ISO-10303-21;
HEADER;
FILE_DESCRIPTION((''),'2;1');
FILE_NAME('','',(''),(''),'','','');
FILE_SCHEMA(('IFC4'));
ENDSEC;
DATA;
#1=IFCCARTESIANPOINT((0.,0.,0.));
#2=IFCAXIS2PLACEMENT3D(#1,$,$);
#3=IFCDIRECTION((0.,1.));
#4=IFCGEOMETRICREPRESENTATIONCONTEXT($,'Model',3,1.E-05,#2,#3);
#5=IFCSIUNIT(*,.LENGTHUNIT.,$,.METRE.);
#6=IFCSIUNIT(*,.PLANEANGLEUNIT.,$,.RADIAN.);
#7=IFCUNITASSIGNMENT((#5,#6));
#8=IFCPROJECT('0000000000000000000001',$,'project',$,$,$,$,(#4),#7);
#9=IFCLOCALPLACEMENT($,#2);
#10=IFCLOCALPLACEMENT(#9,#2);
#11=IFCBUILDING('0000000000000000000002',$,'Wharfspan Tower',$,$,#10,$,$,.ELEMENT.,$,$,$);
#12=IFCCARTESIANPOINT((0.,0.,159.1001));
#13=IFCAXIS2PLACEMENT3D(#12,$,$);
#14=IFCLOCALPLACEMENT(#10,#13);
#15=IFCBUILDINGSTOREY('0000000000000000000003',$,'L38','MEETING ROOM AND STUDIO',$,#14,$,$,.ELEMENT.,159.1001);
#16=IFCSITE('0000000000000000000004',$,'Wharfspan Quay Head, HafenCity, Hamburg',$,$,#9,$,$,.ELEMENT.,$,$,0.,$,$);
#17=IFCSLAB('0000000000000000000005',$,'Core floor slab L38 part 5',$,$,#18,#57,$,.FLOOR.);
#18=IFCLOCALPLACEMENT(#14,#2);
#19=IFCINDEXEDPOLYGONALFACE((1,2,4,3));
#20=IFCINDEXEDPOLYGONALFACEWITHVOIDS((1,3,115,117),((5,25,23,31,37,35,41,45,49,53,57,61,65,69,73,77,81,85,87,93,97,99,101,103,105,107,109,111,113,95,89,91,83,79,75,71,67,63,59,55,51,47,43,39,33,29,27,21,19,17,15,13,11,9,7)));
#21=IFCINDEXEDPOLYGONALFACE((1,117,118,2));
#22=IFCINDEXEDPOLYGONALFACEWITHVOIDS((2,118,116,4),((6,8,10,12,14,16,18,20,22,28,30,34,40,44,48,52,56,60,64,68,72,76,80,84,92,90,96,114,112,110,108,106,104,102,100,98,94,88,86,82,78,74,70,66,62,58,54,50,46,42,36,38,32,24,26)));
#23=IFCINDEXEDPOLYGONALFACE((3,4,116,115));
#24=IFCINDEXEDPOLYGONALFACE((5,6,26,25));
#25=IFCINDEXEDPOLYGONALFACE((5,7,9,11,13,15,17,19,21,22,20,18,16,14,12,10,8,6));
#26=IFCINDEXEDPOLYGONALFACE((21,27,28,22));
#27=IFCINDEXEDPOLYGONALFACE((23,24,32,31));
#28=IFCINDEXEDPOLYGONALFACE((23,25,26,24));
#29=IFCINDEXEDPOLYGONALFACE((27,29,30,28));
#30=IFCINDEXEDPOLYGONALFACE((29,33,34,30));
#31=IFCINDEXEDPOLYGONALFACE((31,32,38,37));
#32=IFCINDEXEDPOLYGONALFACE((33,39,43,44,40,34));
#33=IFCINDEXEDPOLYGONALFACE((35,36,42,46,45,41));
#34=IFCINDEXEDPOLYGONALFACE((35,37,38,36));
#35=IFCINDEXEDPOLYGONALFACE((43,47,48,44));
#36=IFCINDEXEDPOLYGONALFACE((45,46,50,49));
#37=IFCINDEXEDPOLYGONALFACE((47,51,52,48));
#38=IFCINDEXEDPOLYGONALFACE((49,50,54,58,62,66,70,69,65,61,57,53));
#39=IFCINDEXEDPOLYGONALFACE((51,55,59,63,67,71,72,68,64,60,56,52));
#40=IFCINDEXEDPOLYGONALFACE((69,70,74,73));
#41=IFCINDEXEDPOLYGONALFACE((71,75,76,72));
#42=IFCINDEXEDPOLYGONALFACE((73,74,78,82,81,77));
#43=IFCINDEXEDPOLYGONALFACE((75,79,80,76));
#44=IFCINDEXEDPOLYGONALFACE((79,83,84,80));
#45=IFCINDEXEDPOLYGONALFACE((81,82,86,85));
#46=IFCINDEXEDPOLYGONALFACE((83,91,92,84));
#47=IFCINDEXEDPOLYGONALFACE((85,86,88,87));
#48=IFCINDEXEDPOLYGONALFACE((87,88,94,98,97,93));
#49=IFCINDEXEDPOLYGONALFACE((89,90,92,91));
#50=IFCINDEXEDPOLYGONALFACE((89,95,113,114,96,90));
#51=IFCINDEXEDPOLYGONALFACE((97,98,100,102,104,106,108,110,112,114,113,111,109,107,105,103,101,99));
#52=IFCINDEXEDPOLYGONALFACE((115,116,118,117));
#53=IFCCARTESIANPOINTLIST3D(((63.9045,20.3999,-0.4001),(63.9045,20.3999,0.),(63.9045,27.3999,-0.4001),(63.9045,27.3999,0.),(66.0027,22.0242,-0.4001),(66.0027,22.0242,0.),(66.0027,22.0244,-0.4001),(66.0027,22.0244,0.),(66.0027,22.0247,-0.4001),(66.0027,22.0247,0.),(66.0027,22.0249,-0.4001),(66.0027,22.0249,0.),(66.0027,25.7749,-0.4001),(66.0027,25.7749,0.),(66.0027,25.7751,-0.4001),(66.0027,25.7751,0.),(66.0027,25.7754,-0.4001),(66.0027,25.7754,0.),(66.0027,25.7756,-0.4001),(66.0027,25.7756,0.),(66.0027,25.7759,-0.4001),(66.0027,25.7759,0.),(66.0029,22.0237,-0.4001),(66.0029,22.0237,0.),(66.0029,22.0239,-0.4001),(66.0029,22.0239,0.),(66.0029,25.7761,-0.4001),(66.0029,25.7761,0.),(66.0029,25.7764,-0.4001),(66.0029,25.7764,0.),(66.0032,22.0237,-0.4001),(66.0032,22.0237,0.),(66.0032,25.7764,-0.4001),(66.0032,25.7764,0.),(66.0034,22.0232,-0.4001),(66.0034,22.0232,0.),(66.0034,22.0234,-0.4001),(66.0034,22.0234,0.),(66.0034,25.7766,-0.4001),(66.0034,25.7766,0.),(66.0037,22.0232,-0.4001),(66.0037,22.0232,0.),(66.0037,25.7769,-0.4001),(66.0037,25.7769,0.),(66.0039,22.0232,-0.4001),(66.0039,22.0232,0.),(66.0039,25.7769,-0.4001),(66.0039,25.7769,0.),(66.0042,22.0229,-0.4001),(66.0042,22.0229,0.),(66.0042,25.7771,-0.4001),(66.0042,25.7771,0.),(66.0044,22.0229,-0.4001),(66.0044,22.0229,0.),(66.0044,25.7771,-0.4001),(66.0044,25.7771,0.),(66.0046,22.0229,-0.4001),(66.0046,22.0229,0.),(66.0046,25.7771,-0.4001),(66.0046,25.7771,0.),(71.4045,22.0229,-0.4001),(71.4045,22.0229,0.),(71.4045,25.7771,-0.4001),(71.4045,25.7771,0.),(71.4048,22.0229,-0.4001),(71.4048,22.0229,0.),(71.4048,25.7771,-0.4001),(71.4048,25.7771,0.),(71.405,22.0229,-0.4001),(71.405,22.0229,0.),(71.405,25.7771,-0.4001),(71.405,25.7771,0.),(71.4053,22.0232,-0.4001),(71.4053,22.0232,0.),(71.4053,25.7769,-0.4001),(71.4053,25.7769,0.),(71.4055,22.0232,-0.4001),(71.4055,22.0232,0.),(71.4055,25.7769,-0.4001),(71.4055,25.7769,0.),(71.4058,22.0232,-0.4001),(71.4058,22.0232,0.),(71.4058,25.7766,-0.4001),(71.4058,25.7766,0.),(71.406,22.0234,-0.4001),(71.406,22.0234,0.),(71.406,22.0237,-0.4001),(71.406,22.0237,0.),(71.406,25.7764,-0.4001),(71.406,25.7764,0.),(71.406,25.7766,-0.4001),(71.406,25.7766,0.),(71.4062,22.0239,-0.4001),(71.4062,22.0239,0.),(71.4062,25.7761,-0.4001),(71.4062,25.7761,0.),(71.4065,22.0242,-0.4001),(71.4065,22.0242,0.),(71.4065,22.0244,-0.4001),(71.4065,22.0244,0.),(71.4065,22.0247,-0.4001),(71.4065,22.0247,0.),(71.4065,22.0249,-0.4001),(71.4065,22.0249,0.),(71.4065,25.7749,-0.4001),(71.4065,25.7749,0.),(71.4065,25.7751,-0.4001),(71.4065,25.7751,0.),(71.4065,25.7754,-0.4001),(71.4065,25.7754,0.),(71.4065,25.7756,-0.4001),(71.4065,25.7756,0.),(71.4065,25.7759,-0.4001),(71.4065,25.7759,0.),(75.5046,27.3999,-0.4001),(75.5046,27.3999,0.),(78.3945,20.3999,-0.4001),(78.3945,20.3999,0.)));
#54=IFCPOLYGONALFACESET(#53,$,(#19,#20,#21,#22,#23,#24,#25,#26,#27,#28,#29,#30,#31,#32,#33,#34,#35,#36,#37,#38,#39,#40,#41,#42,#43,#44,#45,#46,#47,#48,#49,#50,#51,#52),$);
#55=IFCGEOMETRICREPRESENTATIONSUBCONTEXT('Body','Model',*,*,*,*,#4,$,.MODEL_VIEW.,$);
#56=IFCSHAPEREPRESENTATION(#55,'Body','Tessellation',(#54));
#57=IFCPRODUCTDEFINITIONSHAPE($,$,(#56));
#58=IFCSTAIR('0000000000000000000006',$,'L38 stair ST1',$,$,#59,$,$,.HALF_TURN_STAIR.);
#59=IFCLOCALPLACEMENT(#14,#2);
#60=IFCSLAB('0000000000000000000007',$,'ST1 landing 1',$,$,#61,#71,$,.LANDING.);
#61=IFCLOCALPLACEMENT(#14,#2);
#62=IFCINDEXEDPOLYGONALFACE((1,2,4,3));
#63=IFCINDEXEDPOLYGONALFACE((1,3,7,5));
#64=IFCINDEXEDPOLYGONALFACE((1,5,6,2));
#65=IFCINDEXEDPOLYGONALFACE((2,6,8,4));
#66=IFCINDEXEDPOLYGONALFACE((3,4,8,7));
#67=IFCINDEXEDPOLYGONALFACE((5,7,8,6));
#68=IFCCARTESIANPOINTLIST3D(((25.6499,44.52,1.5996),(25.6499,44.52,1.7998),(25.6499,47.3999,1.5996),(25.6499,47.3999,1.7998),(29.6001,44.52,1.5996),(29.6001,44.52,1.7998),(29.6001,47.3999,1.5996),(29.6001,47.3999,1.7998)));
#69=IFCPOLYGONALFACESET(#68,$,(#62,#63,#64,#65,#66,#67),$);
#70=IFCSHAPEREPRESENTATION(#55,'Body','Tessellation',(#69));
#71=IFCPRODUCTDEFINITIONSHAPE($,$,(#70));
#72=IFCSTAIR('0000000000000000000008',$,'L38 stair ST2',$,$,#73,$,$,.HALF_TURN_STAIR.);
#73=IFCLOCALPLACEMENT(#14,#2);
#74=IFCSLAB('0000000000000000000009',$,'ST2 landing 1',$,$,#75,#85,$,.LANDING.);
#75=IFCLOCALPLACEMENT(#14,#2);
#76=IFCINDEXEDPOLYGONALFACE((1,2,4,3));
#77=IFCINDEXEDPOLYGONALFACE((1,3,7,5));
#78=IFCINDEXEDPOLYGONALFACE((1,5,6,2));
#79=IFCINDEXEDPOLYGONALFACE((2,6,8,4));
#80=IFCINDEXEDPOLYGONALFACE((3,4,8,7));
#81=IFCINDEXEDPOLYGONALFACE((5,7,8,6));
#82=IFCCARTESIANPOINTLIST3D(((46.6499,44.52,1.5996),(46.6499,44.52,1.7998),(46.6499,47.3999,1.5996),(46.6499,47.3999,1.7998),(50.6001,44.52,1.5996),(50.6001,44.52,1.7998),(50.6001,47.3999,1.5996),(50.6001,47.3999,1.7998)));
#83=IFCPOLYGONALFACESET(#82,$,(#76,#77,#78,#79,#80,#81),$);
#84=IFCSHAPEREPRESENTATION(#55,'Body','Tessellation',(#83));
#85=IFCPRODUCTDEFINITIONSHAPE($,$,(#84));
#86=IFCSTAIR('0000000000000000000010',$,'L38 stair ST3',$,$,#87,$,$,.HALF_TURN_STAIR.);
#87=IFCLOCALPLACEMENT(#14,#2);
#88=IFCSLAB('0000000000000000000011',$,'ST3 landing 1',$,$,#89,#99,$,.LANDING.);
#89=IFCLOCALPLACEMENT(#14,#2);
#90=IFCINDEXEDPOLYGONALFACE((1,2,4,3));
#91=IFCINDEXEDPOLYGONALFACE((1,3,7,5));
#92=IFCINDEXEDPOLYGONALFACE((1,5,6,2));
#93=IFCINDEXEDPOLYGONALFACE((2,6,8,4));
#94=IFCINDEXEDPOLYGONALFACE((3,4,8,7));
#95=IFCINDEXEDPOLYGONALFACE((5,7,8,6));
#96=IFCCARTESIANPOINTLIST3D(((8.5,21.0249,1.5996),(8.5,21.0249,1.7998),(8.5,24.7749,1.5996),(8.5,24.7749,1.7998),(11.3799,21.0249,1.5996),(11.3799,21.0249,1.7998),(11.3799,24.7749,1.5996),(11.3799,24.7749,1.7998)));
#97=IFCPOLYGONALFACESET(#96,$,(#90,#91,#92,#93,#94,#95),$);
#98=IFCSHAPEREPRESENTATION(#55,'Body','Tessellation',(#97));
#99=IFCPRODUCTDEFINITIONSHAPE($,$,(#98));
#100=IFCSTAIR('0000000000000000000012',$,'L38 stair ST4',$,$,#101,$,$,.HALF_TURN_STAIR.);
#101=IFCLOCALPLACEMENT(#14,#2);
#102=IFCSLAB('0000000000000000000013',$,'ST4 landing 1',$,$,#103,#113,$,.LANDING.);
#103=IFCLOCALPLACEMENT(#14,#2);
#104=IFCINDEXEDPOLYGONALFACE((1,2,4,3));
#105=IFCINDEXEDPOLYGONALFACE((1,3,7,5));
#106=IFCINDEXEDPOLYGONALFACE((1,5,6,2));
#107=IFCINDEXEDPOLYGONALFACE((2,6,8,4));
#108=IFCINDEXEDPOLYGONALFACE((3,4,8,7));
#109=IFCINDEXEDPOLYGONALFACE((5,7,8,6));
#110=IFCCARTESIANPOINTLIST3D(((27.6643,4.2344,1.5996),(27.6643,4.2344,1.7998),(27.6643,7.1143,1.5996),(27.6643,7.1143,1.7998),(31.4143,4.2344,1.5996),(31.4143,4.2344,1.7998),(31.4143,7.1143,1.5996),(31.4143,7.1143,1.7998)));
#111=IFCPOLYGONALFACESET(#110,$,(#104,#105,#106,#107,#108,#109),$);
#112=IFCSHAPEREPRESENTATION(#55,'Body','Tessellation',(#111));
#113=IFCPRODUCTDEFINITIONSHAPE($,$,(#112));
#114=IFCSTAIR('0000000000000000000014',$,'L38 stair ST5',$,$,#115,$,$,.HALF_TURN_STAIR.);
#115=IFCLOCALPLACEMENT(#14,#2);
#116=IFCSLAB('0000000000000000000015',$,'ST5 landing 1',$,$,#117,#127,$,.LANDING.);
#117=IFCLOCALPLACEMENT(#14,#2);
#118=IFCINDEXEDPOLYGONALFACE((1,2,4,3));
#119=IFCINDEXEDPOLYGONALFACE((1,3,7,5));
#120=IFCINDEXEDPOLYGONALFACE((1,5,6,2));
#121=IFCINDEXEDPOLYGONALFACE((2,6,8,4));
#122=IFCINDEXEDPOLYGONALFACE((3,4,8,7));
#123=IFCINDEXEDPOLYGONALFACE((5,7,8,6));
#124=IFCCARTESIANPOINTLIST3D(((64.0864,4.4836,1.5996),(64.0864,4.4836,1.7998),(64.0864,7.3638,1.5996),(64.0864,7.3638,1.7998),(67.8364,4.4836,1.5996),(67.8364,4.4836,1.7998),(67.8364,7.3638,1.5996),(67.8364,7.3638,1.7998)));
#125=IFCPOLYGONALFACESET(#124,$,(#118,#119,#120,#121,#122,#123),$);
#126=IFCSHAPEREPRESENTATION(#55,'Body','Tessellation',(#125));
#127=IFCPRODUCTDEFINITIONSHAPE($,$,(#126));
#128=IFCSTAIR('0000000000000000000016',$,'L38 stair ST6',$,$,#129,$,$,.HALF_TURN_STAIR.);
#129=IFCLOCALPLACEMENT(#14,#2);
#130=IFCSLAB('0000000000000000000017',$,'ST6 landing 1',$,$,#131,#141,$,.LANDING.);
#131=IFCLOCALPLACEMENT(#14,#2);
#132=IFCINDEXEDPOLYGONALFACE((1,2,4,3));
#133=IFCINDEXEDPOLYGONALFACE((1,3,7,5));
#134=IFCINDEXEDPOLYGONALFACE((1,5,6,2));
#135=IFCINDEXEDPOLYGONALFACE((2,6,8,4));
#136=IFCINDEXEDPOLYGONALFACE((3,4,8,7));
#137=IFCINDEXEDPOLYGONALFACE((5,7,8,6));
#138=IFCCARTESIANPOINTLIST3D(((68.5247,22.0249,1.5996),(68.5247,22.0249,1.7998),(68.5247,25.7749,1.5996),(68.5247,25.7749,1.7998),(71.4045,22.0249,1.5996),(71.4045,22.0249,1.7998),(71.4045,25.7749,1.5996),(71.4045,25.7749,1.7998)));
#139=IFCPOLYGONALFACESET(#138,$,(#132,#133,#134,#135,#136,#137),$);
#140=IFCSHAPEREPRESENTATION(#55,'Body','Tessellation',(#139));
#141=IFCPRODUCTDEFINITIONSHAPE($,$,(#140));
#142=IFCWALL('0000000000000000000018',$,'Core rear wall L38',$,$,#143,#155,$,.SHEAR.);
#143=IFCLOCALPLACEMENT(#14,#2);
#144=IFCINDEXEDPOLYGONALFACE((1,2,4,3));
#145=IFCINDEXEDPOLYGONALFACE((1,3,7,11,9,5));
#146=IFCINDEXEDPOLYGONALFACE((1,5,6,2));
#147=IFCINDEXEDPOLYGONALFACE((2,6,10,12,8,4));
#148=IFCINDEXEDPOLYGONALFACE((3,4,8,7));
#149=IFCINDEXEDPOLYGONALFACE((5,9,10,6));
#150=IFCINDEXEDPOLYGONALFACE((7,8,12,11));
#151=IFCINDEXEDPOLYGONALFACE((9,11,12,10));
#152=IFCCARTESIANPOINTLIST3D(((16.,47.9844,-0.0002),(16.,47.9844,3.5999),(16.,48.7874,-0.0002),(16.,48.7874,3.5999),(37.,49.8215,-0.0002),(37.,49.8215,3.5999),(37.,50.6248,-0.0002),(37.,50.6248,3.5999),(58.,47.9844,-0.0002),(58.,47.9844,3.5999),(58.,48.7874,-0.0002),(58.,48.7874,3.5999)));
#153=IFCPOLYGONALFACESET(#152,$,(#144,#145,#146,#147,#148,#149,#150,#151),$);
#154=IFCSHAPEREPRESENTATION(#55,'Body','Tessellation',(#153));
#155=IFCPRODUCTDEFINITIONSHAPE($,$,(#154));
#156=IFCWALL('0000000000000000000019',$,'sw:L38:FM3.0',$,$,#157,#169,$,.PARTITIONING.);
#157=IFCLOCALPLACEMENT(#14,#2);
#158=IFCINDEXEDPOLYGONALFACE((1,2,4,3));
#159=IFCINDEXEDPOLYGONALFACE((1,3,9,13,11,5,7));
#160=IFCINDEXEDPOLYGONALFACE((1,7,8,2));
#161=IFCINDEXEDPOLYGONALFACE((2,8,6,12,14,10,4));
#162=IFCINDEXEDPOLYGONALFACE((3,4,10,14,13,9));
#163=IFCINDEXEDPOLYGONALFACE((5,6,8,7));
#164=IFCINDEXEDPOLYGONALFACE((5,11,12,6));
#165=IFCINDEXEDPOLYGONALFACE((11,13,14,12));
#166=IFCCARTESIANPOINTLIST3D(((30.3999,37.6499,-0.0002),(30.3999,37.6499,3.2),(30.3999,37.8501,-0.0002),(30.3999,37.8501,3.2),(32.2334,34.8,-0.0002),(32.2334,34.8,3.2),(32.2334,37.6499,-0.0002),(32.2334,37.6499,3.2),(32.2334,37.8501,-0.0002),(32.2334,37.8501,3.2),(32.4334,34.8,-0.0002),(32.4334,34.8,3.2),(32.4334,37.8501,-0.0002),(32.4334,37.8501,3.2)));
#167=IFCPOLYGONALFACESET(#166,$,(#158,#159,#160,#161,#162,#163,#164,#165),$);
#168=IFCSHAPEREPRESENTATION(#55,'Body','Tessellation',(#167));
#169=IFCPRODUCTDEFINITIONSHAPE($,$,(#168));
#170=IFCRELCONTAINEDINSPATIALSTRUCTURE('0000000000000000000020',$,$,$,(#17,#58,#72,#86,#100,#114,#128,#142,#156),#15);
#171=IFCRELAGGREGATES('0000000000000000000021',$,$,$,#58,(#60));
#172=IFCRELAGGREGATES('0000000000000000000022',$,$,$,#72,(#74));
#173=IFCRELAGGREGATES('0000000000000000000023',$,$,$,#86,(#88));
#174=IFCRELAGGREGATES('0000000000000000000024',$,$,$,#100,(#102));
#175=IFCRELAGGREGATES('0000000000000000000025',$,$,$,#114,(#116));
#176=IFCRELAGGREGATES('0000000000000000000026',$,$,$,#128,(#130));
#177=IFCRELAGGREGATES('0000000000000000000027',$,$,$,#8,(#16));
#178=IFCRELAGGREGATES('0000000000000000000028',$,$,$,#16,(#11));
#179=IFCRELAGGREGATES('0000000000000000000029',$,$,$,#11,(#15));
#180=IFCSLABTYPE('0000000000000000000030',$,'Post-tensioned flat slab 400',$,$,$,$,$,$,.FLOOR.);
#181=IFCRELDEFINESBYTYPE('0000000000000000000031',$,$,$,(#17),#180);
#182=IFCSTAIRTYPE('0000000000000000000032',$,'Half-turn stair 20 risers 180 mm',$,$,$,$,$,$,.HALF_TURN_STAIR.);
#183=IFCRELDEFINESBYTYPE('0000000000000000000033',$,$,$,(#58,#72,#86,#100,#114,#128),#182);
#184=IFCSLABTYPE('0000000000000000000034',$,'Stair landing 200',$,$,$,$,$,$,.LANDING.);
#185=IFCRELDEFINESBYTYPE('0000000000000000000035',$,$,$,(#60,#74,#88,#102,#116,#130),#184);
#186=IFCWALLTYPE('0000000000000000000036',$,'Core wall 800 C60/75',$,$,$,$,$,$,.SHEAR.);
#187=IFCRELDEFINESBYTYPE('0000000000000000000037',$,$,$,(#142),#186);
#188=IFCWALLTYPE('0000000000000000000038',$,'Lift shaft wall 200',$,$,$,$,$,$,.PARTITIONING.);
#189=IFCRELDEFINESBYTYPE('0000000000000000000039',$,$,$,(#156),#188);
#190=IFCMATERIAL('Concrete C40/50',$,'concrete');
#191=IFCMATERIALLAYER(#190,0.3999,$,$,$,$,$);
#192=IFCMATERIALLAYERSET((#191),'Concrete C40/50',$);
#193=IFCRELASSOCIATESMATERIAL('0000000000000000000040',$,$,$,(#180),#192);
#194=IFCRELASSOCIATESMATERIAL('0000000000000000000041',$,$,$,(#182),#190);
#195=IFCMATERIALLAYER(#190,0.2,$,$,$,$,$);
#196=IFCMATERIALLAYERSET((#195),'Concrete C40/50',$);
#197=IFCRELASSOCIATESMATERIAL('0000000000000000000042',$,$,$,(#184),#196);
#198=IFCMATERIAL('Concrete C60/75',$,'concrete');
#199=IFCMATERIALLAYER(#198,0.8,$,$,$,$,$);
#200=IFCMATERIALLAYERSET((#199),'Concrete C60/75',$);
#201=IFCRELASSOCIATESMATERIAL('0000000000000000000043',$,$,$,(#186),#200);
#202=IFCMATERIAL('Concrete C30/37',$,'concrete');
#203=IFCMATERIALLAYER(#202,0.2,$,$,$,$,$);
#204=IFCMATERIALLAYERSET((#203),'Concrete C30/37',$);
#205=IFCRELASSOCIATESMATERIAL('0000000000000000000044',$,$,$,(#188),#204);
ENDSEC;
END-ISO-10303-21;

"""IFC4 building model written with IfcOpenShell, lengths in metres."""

from ifc_helpers import new_model, si_unit, direction, frame, origin, place, context, subcontext, project, spatial, polyline, outline, extrude, material, layer, layer_set, type_object, element, aggregate, save


model = new_model("IFC4")

# Units and contexts
model_context = context("Model", 3, precision=1e-05, world=origin(), true_north=direction((0.0, 1.0)))
body_context = subcontext(model_context, "Body", "Model", "MODEL_VIEW")
ifc_project = project(units=[si_unit("LENGTHUNIT", "METRE"), si_unit("PLANEANGLEUNIT", "RADIAN")], contexts=[model_context])

# Site, building, storey
site_placement = place(None, origin())
site = spatial("IfcSite", under=ifc_project, at=site_placement, Name="Wharfspan Quay Head, HafenCity, Hamburg", CompositionType="ELEMENT", RefElevation=0.0)
building_placement = place(site_placement, origin())
building = spatial("IfcBuilding", under=site, at=building_placement, Name="Wharfspan Tower", CompositionType="ELEMENT")
storey_placement = place(building_placement, frame((0.0, 0.0, 159.1001)))
storey = spatial("IfcBuildingStorey", under=building, at=storey_placement, Name="L38", Description="MEETING ROOM AND STUDIO", CompositionType="ELEMENT", Elevation=159.1001)

# Slab
ifc_material_1 = material(Name="Concrete C40/50", Category="concrete")
ifc_layer_1 = layer(ifc_material_1, 0.3999)
ifc_layer_set_1 = layer_set([ifc_layer_1], Name="Concrete C40/50")
slab_type_1 = type_object("IfcSlabType", Name="Post-tensioned flat slab 400", PredefinedType="FLOOR", material=ifc_layer_set_1)
slab_1_placement = place(storey_placement, frame((0.0, 0.0, -0.4001)))
element("IfcSlab", 1, at=slab_1_placement, inside=storey, type_object=slab_type_1, Name="Core floor slab L38 part 5", PredefinedType="FLOOR", context=body_context, shape_type="SweptSolid", body=[
    extrude(outline(polyline([(78.3945, 20.3999), (75.5046, 27.3999), (63.9045, 27.3999), (63.9045, 20.3999), (78.3945, 20.3999)]), holes=[polyline([(66.0046, 22.0229), (66.0044, 22.0229), (66.0041, 22.0229), (66.0039, 22.0232), (66.0039, 22.0232), (66.0037, 22.0232), (66.0034, 22.0232), (66.0034, 22.0234), (66.0032, 22.0237), (66.0029, 22.0237), (66.0029, 22.0239), (66.0027, 22.0242), (66.0027, 22.0242), (66.0027, 22.0244), (66.0027, 22.0247), (66.0027, 22.0249), (66.0027, 22.0249), (66.0027, 25.7749), (66.0027, 25.7751), (66.0027, 25.7754), (66.0027, 25.7756), (66.0027, 25.7759), (66.0027, 25.7759), (66.0029, 25.7761), (66.0029, 25.7764), (66.0032, 25.7764), (66.0034, 25.7766), (66.0034, 25.7766), (66.0037, 25.7769), (66.0039, 25.7769), (66.0039, 25.7769), (66.0041, 25.7771), (66.0044, 25.7771), (66.0046, 25.7771), (71.4045, 25.7771), (71.4048, 25.7771), (71.405, 25.7771), (71.4053, 25.7769), (71.4055, 25.7769), (71.4055, 25.7769), (71.4058, 25.7766), (71.406, 25.7766), (71.406, 25.7764), (71.406, 25.7764), (71.4062, 25.7761), (71.4065, 25.7759), (71.4065, 25.7759), (71.4065, 25.7756), (71.4065, 25.7754), (71.4065, 25.7751), (71.4065, 25.7749), (71.4065, 22.0249), (71.4065, 22.0249), (71.4065, 22.0247), (71.4065, 22.0244), (71.4065, 22.0242), (71.4065, 22.0242), (71.4062, 22.0239), (71.406, 22.0237), (71.406, 22.0237), (71.406, 22.0234), (71.4058, 22.0232), (71.4055, 22.0232), (71.4055, 22.0232), (71.4053, 22.0232), (71.405, 22.0229), (71.4048, 22.0229), (71.4045, 22.0229), (66.0046, 22.0229)])]), origin(), (0.0, 0.0, 1.0), 0.4001),
])

# Stairs, slabs
stair_type = type_object("IfcStairType", Name="Half-turn stair 20 risers 180 mm", PredefinedType="HALF_TURN_STAIR", material=ifc_material_1)
stair_1_placement = place(storey_placement, origin())
stair_1 = element("IfcStair", 2, at=stair_1_placement, inside=storey, type_object=stair_type, Name="L38 stair ST1", PredefinedType="HALF_TURN_STAIR")
ifc_layer_2 = layer(ifc_material_1, 0.2)
ifc_layer_set_2 = layer_set([ifc_layer_2], Name="Concrete C40/50")
slab_type_2 = type_object("IfcSlabType", Name="Stair landing 200", PredefinedType="LANDING", material=ifc_layer_set_2)
slab_2_placement = place(storey_placement, frame((0.0, 0.0, 1.5996)))
slab_2 = element("IfcSlab", 3, at=slab_2_placement, type_object=slab_type_2, Name="ST1 landing 1", PredefinedType="LANDING", context=body_context, shape_type="SweptSolid", body=[
    extrude(outline(polyline([(25.6499, 44.52), (29.6001, 44.52), (29.6001, 47.3999), (25.6499, 47.3999), (25.6499, 44.52)])), origin(), (0.0, 0.0, 1.0), 0.2002),
])
aggregate(stair_1, [slab_2])
stair_2_placement = place(storey_placement, origin())
stair_2 = element("IfcStair", 4, at=stair_2_placement, inside=storey, type_object=stair_type, Name="L38 stair ST2", PredefinedType="HALF_TURN_STAIR")
slab_3_placement = place(storey_placement, frame((0.0, 0.0, 1.5996)))
slab_3 = element("IfcSlab", 5, at=slab_3_placement, type_object=slab_type_2, Name="ST2 landing 1", PredefinedType="LANDING", context=body_context, shape_type="SweptSolid", body=[
    extrude(outline(polyline([(46.6499, 44.52), (50.6001, 44.52), (50.6001, 47.3999), (46.6499, 47.3999), (46.6499, 44.52)])), origin(), (0.0, 0.0, 1.0), 0.2002),
])
aggregate(stair_2, [slab_3])
stair_3_placement = place(storey_placement, origin())
stair_3 = element("IfcStair", 6, at=stair_3_placement, inside=storey, type_object=stair_type, Name="L38 stair ST3", PredefinedType="HALF_TURN_STAIR")
slab_4_placement = place(storey_placement, frame((0.0, 0.0, 1.5996)))
slab_4 = element("IfcSlab", 7, at=slab_4_placement, type_object=slab_type_2, Name="ST3 landing 1", PredefinedType="LANDING", context=body_context, shape_type="SweptSolid", body=[
    extrude(outline(polyline([(11.3799, 24.7749), (8.5, 24.7749), (8.5, 21.0249), (11.3799, 21.0249), (11.3799, 24.7749)])), origin(), (0.0, 0.0, 1.0), 0.2002),
])
aggregate(stair_3, [slab_4])
stair_4_placement = place(storey_placement, origin())
stair_4 = element("IfcStair", 8, at=stair_4_placement, inside=storey, type_object=stair_type, Name="L38 stair ST4", PredefinedType="HALF_TURN_STAIR")
slab_5_placement = place(storey_placement, frame((0.0, 0.0, 1.5996)))
slab_5 = element("IfcSlab", 9, at=slab_5_placement, type_object=slab_type_2, Name="ST4 landing 1", PredefinedType="LANDING", context=body_context, shape_type="SweptSolid", body=[
    extrude(outline(polyline([(27.6643, 7.1143), (27.6643, 4.2344), (31.4143, 4.2344), (31.4143, 7.1143), (27.6643, 7.1143)])), origin(), (0.0, 0.0, 1.0), 0.2002),
])
aggregate(stair_4, [slab_5])
stair_5_placement = place(storey_placement, origin())
stair_5 = element("IfcStair", 10, at=stair_5_placement, inside=storey, type_object=stair_type, Name="L38 stair ST5", PredefinedType="HALF_TURN_STAIR")
slab_6_placement = place(storey_placement, frame((0.0, 0.0, 1.5996)))
slab_6 = element("IfcSlab", 11, at=slab_6_placement, type_object=slab_type_2, Name="ST5 landing 1", PredefinedType="LANDING", context=body_context, shape_type="SweptSolid", body=[
    extrude(outline(polyline([(64.0864, 7.3638), (64.0864, 4.4836), (67.8364, 4.4836), (67.8364, 7.3638), (64.0864, 7.3638)])), origin(), (0.0, 0.0, 1.0), 0.2002),
])
aggregate(stair_5, [slab_6])
stair_6_placement = place(storey_placement, origin())
stair_6 = element("IfcStair", 12, at=stair_6_placement, inside=storey, type_object=stair_type, Name="L38 stair ST6", PredefinedType="HALF_TURN_STAIR")
slab_7_placement = place(storey_placement, frame((0.0, 0.0, 1.5996)))
slab_7 = element("IfcSlab", 13, at=slab_7_placement, type_object=slab_type_2, Name="ST6 landing 1", PredefinedType="LANDING", context=body_context, shape_type="SweptSolid", body=[
    extrude(outline(polyline([(68.5247, 22.0249), (71.4045, 22.0249), (71.4045, 25.7749), (68.5247, 25.7749), (68.5247, 22.0249)])), origin(), (0.0, 0.0, 1.0), 0.2002),
])
aggregate(stair_6, [slab_7])

# Walls
ifc_material_2 = material(Name="Concrete C60/75", Category="concrete")
ifc_layer_3 = layer(ifc_material_2, 0.8)
ifc_layer_set_3 = layer_set([ifc_layer_3], Name="Concrete C60/75")
wall_type_1 = type_object("IfcWallType", Name="Core wall 800 C60/75", PredefinedType="SHEAR", material=ifc_layer_set_3)
wall_1_placement = place(storey_placement, frame((0.0, 0.0, -0.0002)))
element("IfcWall", 14, at=wall_1_placement, inside=storey, type_object=wall_type_1, Name="Core rear wall L38", PredefinedType="SHEAR", context=body_context, shape_type="SweptSolid", body=[
    extrude(outline(polyline([(16.0, 47.9844), (37.0, 49.8215), (58.0, 47.9844), (58.0, 48.7874), (37.0, 50.6248), (16.0, 48.7874), (16.0, 47.9844)])), origin(), (0.0, 0.0, 1.0), 3.6001),
])
ifc_material_3 = material(Name="Concrete C30/37", Category="concrete")
ifc_layer_4 = layer(ifc_material_3, 0.2)
ifc_layer_set_4 = layer_set([ifc_layer_4], Name="Concrete C30/37")
wall_type_2 = type_object("IfcWallType", Name="Lift shaft wall 200", PredefinedType="PARTITIONING", material=ifc_layer_set_4)
wall_2_placement = place(storey_placement, frame((0.0, 0.0, -0.0002)))
element("IfcWall", 15, at=wall_2_placement, inside=storey, type_object=wall_type_2, Name="sw:L38:FM3.0", PredefinedType="PARTITIONING", context=body_context, shape_type="SweptSolid", body=[
    extrude(outline(polyline([(32.2334, 37.6499), (30.3999, 37.6499), (30.3999, 37.8501), (32.2334, 37.8501), (32.4333, 37.8501), (32.4333, 34.8), (32.2334, 34.8), (32.2334, 37.6499)])), origin(), (0.0, 0.0, 1.0), 3.2002),
])

save(model, "model.ifc")
